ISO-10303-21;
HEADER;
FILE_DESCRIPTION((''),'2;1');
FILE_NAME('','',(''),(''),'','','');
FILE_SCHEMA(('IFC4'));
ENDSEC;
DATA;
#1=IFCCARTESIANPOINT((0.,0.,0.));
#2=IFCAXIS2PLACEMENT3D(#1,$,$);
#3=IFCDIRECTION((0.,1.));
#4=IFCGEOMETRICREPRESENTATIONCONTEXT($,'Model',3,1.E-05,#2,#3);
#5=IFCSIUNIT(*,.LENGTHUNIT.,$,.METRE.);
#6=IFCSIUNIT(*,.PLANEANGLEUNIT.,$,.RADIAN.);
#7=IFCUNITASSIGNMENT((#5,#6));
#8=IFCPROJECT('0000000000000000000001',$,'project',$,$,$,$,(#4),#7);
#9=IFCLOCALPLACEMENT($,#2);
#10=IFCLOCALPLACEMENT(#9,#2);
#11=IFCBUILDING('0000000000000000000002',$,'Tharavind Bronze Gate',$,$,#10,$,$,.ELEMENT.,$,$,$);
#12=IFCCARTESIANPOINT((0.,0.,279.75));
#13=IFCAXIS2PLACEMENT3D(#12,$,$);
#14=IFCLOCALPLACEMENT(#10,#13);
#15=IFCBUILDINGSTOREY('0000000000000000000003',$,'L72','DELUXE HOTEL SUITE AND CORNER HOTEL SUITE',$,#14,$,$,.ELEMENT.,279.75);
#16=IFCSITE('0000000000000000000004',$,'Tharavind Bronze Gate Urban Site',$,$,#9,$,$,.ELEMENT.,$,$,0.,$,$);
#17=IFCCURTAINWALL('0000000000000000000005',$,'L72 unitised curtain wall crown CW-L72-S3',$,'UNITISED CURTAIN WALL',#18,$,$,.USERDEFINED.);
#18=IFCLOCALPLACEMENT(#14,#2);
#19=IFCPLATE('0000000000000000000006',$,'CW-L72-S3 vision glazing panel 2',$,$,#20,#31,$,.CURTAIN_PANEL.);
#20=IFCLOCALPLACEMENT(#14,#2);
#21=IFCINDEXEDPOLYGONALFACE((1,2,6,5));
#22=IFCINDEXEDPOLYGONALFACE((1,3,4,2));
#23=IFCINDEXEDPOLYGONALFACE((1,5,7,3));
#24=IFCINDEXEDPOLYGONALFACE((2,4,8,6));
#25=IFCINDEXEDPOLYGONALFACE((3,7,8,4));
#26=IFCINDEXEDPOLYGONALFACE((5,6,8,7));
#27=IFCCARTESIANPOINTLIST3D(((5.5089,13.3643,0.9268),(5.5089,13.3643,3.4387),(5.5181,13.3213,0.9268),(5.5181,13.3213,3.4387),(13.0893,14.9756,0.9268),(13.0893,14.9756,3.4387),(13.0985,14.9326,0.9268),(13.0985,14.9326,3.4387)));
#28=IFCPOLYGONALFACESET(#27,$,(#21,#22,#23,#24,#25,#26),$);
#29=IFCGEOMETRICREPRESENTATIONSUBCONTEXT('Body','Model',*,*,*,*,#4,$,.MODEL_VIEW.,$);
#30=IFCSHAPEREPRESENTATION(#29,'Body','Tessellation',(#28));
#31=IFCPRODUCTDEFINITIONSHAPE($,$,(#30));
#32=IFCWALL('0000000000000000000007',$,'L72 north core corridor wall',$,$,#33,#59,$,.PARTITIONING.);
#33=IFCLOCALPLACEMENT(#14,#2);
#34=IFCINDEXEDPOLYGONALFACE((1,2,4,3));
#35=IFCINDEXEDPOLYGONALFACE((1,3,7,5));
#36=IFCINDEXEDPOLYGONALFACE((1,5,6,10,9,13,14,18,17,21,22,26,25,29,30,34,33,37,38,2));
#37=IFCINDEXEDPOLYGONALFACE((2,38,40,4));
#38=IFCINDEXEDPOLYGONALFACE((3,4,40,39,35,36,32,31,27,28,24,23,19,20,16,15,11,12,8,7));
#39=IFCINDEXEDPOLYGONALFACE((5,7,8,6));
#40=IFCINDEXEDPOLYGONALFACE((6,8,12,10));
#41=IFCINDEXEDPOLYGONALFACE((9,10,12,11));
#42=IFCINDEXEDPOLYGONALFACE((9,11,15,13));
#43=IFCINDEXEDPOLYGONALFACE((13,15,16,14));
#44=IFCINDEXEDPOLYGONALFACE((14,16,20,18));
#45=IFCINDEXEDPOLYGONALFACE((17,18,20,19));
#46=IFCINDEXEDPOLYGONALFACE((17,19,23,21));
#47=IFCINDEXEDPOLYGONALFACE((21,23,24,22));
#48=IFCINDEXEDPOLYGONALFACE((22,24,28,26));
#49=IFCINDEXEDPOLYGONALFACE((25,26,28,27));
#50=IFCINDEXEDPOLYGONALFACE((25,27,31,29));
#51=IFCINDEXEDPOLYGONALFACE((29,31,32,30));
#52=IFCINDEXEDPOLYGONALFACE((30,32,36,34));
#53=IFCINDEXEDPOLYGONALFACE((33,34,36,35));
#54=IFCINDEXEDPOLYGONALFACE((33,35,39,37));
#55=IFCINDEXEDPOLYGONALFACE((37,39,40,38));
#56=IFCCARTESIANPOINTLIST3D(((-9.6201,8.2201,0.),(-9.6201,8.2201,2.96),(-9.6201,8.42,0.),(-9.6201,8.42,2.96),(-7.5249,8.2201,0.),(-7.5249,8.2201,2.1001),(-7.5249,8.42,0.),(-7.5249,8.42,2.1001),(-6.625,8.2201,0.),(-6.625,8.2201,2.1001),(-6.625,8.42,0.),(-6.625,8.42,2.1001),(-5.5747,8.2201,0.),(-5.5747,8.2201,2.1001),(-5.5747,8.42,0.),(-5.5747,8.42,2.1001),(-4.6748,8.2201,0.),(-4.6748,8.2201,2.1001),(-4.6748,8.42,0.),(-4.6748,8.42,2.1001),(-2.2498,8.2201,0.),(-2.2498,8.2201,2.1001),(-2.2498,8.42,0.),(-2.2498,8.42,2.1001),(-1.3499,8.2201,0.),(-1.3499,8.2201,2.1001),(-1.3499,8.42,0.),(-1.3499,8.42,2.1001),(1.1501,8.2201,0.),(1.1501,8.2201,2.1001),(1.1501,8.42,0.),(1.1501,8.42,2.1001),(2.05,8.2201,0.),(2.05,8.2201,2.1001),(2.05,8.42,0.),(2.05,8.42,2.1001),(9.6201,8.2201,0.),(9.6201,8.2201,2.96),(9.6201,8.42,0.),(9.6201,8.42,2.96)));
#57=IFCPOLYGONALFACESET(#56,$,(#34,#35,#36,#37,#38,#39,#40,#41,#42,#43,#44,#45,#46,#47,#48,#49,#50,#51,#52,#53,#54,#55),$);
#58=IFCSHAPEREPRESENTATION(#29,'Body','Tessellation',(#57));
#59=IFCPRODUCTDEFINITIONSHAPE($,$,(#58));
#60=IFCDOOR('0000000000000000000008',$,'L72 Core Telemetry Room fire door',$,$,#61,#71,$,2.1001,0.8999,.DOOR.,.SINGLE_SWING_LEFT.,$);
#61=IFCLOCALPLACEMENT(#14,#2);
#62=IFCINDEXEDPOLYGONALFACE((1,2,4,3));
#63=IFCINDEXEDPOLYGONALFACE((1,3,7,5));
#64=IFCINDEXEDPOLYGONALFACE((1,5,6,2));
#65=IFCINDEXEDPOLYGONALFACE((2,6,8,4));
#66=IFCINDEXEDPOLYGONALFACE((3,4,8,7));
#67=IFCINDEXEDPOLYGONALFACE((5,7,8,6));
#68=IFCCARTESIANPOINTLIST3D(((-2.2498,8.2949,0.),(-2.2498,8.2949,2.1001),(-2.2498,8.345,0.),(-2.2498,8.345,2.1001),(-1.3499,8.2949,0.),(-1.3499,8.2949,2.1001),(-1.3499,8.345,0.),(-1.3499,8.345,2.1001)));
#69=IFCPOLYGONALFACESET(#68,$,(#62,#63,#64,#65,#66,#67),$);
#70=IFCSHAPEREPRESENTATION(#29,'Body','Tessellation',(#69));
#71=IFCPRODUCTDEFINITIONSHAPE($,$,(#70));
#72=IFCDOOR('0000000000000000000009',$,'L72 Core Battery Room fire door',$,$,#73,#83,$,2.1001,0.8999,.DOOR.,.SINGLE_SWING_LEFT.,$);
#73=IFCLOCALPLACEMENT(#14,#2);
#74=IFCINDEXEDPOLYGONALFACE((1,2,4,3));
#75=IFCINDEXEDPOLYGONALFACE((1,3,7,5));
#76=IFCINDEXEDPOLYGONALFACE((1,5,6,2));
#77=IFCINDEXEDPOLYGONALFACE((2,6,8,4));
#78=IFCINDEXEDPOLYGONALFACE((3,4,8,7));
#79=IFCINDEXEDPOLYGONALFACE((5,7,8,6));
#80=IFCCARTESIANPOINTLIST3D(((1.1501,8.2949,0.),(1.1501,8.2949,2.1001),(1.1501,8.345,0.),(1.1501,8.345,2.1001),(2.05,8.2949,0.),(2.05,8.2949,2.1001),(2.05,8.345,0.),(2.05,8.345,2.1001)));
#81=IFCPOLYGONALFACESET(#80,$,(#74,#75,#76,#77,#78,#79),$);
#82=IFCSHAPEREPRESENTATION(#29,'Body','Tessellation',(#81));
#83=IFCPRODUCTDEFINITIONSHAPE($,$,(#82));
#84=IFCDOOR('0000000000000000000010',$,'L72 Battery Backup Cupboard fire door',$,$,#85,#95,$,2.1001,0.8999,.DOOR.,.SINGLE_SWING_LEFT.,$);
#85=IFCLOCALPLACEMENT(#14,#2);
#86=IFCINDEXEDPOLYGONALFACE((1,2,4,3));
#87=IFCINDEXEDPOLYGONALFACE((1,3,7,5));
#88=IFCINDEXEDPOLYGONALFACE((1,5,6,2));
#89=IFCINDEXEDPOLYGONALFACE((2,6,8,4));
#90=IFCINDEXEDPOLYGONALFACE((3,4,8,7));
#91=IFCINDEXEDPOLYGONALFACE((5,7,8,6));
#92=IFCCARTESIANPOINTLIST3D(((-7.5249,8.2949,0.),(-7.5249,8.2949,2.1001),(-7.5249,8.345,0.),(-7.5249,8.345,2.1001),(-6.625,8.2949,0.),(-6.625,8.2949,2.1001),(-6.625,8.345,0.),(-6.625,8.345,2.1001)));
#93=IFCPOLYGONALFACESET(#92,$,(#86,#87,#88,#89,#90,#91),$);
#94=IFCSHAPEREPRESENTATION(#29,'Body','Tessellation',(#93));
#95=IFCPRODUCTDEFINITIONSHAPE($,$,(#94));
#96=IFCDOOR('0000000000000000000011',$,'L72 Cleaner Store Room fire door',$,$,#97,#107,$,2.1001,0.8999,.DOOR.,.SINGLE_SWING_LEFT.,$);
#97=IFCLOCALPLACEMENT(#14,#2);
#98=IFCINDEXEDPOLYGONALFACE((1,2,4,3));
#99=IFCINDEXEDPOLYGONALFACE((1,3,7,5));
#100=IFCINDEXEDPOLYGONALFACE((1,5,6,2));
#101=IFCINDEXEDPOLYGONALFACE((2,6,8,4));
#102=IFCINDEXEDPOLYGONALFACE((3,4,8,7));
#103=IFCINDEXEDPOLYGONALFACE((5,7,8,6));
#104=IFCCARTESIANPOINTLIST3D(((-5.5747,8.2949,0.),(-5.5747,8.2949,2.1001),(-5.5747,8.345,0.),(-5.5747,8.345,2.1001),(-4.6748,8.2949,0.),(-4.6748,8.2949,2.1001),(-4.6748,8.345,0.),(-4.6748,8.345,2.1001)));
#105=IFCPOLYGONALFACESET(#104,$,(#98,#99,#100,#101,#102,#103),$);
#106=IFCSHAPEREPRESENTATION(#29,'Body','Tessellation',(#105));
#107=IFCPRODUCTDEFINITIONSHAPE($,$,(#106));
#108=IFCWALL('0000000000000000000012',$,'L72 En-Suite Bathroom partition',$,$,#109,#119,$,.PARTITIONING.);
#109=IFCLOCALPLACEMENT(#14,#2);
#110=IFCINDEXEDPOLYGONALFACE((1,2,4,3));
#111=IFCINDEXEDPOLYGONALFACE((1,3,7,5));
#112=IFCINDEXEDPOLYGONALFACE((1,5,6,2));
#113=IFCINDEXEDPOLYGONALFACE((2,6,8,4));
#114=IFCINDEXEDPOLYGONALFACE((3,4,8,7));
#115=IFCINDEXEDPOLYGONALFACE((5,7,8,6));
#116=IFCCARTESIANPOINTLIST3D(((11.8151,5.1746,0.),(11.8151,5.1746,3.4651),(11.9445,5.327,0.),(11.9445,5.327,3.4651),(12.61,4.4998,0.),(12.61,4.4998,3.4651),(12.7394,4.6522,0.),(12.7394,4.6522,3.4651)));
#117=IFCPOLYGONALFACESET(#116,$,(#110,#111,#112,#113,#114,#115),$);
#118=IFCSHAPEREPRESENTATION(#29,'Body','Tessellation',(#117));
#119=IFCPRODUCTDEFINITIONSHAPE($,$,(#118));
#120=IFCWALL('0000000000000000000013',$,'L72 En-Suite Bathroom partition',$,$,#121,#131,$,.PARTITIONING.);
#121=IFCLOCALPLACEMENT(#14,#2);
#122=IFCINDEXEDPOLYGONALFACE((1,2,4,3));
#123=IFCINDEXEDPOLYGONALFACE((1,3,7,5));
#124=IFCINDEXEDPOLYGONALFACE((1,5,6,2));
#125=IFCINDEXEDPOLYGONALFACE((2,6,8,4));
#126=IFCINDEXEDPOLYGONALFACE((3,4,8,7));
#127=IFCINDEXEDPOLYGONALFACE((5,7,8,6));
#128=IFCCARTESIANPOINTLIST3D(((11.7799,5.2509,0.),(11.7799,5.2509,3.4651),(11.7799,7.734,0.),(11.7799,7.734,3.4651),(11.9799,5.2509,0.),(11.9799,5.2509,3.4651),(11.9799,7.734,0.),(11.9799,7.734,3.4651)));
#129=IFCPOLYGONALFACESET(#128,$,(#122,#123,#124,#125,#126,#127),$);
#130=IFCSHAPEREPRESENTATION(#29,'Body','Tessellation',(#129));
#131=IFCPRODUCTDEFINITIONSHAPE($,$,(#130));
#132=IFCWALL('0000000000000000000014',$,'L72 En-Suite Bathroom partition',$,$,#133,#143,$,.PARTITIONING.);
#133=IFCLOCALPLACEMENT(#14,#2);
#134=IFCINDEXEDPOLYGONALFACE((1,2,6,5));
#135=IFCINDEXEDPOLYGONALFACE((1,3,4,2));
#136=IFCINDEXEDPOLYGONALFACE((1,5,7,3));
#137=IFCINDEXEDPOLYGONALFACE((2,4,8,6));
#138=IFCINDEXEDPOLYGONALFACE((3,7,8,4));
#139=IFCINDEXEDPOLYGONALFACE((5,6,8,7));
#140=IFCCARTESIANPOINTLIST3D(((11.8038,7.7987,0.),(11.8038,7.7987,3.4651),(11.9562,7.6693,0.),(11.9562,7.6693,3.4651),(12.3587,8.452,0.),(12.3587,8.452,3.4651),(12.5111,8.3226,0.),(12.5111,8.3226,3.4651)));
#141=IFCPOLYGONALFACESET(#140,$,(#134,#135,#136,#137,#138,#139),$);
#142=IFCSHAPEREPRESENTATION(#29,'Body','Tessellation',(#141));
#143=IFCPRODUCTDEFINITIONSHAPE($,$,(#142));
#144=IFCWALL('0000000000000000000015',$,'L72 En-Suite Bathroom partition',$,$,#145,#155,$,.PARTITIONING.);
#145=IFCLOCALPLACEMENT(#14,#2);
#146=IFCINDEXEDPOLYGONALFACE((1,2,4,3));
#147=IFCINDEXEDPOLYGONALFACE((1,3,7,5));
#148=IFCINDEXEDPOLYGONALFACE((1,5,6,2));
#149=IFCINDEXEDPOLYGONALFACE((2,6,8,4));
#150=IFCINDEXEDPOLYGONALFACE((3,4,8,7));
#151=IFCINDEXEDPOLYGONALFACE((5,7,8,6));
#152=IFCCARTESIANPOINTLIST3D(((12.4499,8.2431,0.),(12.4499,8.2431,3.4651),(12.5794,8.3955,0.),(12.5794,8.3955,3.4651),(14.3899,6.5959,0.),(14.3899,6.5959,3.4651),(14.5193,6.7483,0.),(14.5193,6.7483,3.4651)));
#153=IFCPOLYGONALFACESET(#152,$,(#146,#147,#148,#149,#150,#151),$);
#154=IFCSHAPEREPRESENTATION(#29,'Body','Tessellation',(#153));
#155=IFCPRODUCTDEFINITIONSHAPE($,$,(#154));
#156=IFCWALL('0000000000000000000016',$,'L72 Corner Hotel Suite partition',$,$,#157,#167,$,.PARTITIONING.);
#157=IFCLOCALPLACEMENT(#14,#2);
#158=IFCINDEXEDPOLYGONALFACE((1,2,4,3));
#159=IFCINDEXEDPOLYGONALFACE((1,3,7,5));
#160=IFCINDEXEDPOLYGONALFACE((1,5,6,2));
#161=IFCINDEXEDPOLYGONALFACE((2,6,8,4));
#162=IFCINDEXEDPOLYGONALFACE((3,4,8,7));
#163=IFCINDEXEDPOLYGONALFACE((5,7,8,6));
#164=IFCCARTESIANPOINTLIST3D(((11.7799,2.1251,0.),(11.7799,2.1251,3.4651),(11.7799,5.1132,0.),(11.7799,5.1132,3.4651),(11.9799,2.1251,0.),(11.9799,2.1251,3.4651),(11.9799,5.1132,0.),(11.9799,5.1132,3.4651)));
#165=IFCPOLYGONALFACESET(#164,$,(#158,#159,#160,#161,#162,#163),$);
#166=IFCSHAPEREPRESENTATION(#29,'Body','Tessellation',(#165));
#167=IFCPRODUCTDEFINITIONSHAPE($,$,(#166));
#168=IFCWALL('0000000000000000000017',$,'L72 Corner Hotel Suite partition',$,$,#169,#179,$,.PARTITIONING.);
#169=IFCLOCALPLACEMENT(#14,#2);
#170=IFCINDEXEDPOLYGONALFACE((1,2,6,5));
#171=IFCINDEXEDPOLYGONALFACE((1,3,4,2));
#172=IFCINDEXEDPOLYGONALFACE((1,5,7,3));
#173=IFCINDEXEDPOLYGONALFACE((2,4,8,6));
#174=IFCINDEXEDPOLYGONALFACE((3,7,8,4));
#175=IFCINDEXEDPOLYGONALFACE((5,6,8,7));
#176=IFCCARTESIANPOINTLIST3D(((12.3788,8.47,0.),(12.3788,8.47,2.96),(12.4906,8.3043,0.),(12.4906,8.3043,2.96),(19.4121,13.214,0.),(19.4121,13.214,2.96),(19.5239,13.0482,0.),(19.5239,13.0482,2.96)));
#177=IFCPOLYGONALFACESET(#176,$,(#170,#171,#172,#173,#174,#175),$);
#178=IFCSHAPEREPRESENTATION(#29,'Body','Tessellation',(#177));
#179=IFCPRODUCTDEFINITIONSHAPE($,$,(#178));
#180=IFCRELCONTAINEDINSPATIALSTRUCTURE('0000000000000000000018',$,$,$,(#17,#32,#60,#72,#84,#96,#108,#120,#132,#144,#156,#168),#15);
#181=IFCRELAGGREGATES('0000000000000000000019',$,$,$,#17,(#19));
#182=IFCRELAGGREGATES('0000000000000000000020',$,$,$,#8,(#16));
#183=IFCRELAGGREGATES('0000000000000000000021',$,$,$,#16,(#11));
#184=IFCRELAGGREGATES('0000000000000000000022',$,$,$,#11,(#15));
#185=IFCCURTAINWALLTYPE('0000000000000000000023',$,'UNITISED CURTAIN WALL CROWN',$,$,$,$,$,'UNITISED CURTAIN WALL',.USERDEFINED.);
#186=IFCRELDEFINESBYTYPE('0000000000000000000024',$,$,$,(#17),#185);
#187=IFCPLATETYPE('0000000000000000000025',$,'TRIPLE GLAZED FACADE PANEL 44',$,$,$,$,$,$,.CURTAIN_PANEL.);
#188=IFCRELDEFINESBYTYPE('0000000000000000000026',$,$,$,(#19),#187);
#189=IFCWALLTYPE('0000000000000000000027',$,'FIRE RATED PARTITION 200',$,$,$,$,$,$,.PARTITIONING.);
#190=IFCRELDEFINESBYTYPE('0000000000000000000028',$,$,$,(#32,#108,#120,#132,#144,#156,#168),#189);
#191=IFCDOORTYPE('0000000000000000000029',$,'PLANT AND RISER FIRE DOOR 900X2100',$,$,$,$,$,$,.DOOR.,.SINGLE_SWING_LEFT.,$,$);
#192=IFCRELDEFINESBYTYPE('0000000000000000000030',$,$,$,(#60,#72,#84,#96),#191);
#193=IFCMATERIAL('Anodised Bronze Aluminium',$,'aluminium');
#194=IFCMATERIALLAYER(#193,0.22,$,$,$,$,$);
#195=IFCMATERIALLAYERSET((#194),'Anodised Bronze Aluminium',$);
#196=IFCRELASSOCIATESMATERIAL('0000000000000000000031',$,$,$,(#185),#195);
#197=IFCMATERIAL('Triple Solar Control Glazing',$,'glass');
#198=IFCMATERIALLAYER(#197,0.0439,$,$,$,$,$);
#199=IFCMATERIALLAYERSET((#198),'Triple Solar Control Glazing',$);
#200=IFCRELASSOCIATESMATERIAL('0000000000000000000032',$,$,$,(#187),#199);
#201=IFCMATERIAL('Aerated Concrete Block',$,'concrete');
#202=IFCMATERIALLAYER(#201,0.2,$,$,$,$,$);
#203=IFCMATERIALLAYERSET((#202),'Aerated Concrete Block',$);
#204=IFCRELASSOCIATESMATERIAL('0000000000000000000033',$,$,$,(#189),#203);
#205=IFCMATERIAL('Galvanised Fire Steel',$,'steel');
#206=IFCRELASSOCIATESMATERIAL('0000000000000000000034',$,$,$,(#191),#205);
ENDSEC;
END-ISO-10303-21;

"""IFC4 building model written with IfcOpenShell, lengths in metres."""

from ifc_helpers import new_model, si_unit, direction, frame, frame_2d, origin, origin_2d, place, context, subcontext, project, spatial, rectangle, extrude, material, layer, layer_set, type_object, element, fill, aggregate, save


model = new_model("IFC4")

# Units and contexts
model_context = context("Model", 3, precision=1e-05, world=origin(), true_north=direction((0.0, 1.0)))
body_context = subcontext(model_context, "Body", "Model", "MODEL_VIEW")
ifc_project = project(units=[si_unit("LENGTHUNIT", "METRE"), si_unit("PLANEANGLEUNIT", "RADIAN")], contexts=[model_context])

# Site, building, storey
site_placement = place(None, origin())
site = spatial("IfcSite", under=ifc_project, at=site_placement, Name="Tharavind Bronze Gate Urban Site", CompositionType="ELEMENT", RefElevation=0.0)
building_placement = place(site_placement, origin())
building = spatial("IfcBuilding", under=site, at=building_placement, Name="Tharavind Bronze Gate", CompositionType="ELEMENT")
storey_placement = place(building_placement, frame((0.0, 0.0, 279.75)))
storey = spatial("IfcBuildingStorey", under=building, at=storey_placement, Name="L72", Description="DELUXE HOTEL SUITE AND CORNER HOTEL SUITE", CompositionType="ELEMENT", Elevation=279.75)

# Curtain wall
ifc_material_1 = material(Name="Anodised Bronze Aluminium", Category="aluminium")
ifc_layer_1 = layer(ifc_material_1, 0.22)
ifc_layer_set_1 = layer_set([ifc_layer_1], Name="Anodised Bronze Aluminium")
curtain_wall_type = type_object("IfcCurtainWallType", Name="UNITISED CURTAIN WALL CROWN", ElementType="UNITISED CURTAIN WALL", PredefinedType="USERDEFINED", material=ifc_layer_set_1)
curtain_wall_placement = place(storey_placement, origin())
curtain_wall = element("IfcCurtainWall", 1, at=curtain_wall_placement, inside=storey, type_object=curtain_wall_type, Name="L72 unitised curtain wall crown CW-L72-S3", ObjectType="UNITISED CURTAIN WALL", PredefinedType="USERDEFINED")

# Plate
ifc_material_2 = material(Name="Triple Solar Control Glazing", Category="glass")
ifc_layer_2 = layer(ifc_material_2, 0.0439)
ifc_layer_set_2 = layer_set([ifc_layer_2], Name="Triple Solar Control Glazing")
plate_type_1 = type_object("IfcPlateType", Name="TRIPLE GLAZED FACADE PANEL 44", PredefinedType="CURTAIN_PANEL", material=ifc_layer_set_2)
plate_1_placement = place(storey_placement, frame((9.3037, 14.1484, 0.9268), z_axis=(0.0, 0.0, 1.0), x_axis=(-0.978147, -0.207913, 0.0)))
plate_1 = element("IfcPlate", 2, at=plate_1_placement, type_object=plate_type_1, Name="CW-L72-S3 vision glazing panel 2", PredefinedType="CURTAIN_PANEL", context=body_context, shape_type="SweptSolid", body=[
    extrude(rectangle(XDim=7.7498, YDim=0.0439, at=origin_2d()), origin(), (0.0, 0.0, 1.0), 2.512),
])
aggregate(curtain_wall, [plate_1])

# Wall, openings, doors
ifc_material_3 = material(Name="Aerated Concrete Block", Category="concrete")
ifc_layer_3 = layer(ifc_material_3, 0.2)
ifc_layer_set_3 = layer_set([ifc_layer_3], Name="Aerated Concrete Block")
wall_type_1 = type_object("IfcWallType", Name="FIRE RATED PARTITION 200", PredefinedType="PARTITIONING", material=ifc_layer_set_3)
wall_1_placement = place(storey_placement, frame((9.6201, 8.3201, 0.0), z_axis=(0.0, 0.0, 1.0), x_axis=(-1.0, 0.0, 0.0)))
wall_1 = element("IfcWall", 3, at=wall_1_placement, inside=storey, type_object=wall_type_1, Name="L72 north core corridor wall", PredefinedType="PARTITIONING", context=body_context, shape_type="SweptSolid", body=[
    extrude(rectangle(XDim=19.2402, YDim=0.2, at=frame_2d((9.6201, 0.0))), origin(), (0.0, 0.0, 1.0), 2.96),
])
opening_1_placement = place(wall_1_placement, frame((10.97, 0.0, 0.0)))
opening_1 = element("IfcOpeningElement", 4, at=opening_1_placement, cuts=wall_1, PredefinedType="OPENING", context=body_context, shape_type="SweptSolid", body=[
    extrude(rectangle(XDim=0.8999, YDim=2.1001, at=frame_2d((0.45, 1.05))), frame((0.0, 0.1101, 0.0), z_axis=(0.0, -1.0, 0.0), x_axis=(1.0, 0.0, 0.0)), (0.0, 0.0, 1.0), 0.22),
])
opening_2_placement = place(wall_1_placement, frame((7.5701, 0.0, 0.0)))
opening_2 = element("IfcOpeningElement", 5, at=opening_2_placement, cuts=wall_1, PredefinedType="OPENING", context=body_context, shape_type="SweptSolid", body=[
    extrude(rectangle(XDim=0.8999, YDim=2.1001, at=frame_2d((0.45, 1.05))), frame((0.0, 0.1101, 0.0), z_axis=(0.0, -1.0, 0.0), x_axis=(1.0, 0.0, 0.0)), (0.0, 0.0, 1.0), 0.22),
])
opening_3_placement = place(wall_1_placement, frame((16.2451, 0.0, 0.0)))
opening_3 = element("IfcOpeningElement", 6, at=opening_3_placement, cuts=wall_1, PredefinedType="OPENING", context=body_context, shape_type="SweptSolid", body=[
    extrude(rectangle(XDim=0.8999, YDim=2.1001, at=frame_2d((0.45, 1.05))), frame((0.0, 0.1101, 0.0), z_axis=(0.0, -1.0, 0.0), x_axis=(1.0, 0.0, 0.0)), (0.0, 0.0, 1.0), 0.22),
])
opening_4_placement = place(wall_1_placement, frame((14.2949, 0.0, 0.0)))
opening_4 = element("IfcOpeningElement", 7, at=opening_4_placement, cuts=wall_1, PredefinedType="OPENING", context=body_context, shape_type="SweptSolid", body=[
    extrude(rectangle(XDim=0.8999, YDim=2.1001, at=frame_2d((0.45, 1.05))), frame((0.0, 0.1101, 0.0), z_axis=(0.0, -1.0, 0.0), x_axis=(1.0, 0.0, 0.0)), (0.0, 0.0, 1.0), 0.22),
])
ifc_material_4 = material(Name="Galvanised Fire Steel", Category="steel")
door_type_1 = type_object("IfcDoorType", Name="PLANT AND RISER FIRE DOOR 900X2100", OperationType="SINGLE_SWING_LEFT", PredefinedType="DOOR", material=ifc_material_4)
door_1_placement = place(opening_1_placement, frame((0.8999, 0.0, 0.0), z_axis=(0.0, 0.0, 1.0), x_axis=(-1.0, 0.0, 0.0)))
door_1 = element("IfcDoor", 8, at=door_1_placement, inside=storey, type_object=door_type_1, Name="L72 Core Telemetry Room fire door", OperationType="SINGLE_SWING_LEFT", OverallHeight=2.1001, OverallWidth=0.8999, PredefinedType="DOOR", context=body_context, shape_type="SweptSolid", body=[
    extrude(rectangle(XDim=0.8999, YDim=2.1001, at=frame_2d((0.45, 1.05))), frame((0.0, 0.0249, 0.0), z_axis=(0.0, -1.0, 0.0), x_axis=(1.0, 0.0, 0.0)), (0.0, 0.0, 1.0), 0.05),
])
fill(opening_1, door_1)
door_2_placement = place(opening_2_placement, frame((0.8999, 0.0, 0.0), z_axis=(0.0, 0.0, 1.0), x_axis=(-1.0, 0.0, 0.0)))
door_2 = element("IfcDoor", 9, at=door_2_placement, inside=storey, type_object=door_type_1, Name="L72 Core Battery Room fire door", OperationType="SINGLE_SWING_LEFT", OverallHeight=2.1001, OverallWidth=0.8999, PredefinedType="DOOR", context=body_context, shape_type="SweptSolid", body=[
    extrude(rectangle(XDim=0.8999, YDim=2.1001, at=frame_2d((0.45, 1.05))), frame((0.0, 0.0249, 0.0), z_axis=(0.0, -1.0, 0.0), x_axis=(1.0, 0.0, 0.0)), (0.0, 0.0, 1.0), 0.05),
])
fill(opening_2, door_2)
door_3_placement = place(opening_3_placement, frame((0.8999, 0.0, 0.0), z_axis=(0.0, 0.0, 1.0), x_axis=(-1.0, 0.0, 0.0)))
door_3 = element("IfcDoor", 10, at=door_3_placement, inside=storey, type_object=door_type_1, Name="L72 Battery Backup Cupboard fire door", OperationType="SINGLE_SWING_LEFT", OverallHeight=2.1001, OverallWidth=0.8999, PredefinedType="DOOR", context=body_context, shape_type="SweptSolid", body=[
    extrude(rectangle(XDim=0.8999, YDim=2.1001, at=frame_2d((0.45, 1.05))), frame((0.0, 0.0249, 0.0), z_axis=(0.0, -1.0, 0.0), x_axis=(1.0, 0.0, 0.0)), (0.0, 0.0, 1.0), 0.05),
])
fill(opening_3, door_3)
door_4_placement = place(opening_4_placement, frame((0.8999, 0.0, 0.0), z_axis=(0.0, 0.0, 1.0), x_axis=(-1.0, 0.0, 0.0)))
door_4 = element("IfcDoor", 11, at=door_4_placement, inside=storey, type_object=door_type_1, Name="L72 Cleaner Store Room fire door", OperationType="SINGLE_SWING_LEFT", OverallHeight=2.1001, OverallWidth=0.8999, PredefinedType="DOOR", context=body_context, shape_type="SweptSolid", body=[
    extrude(rectangle(XDim=0.8999, YDim=2.1001, at=frame_2d((0.45, 1.05))), frame((0.0, 0.0249, 0.0), z_axis=(0.0, -1.0, 0.0), x_axis=(1.0, 0.0, 0.0)), (0.0, 0.0, 1.0), 0.05),
])
fill(opening_4, door_4)

# Walls
wall_2_placement = place(storey_placement, frame((12.6748, 4.5759, 0.0), z_axis=(0.0, 0.0, 1.0), x_axis=(-0.762355, 0.647159, 0.0)))
element("IfcWall", 12, at=wall_2_placement, inside=storey, type_object=wall_type_1, Name="L72 En-Suite Bathroom partition", PredefinedType="PARTITIONING", context=body_context, shape_type="SweptSolid", body=[
    extrude(rectangle(XDim=1.0427, YDim=0.2, at=frame_2d((0.5215, 0.0))), origin(), (0.0, 0.0, 1.0), 3.4651),
])
wall_3_placement = place(storey_placement, frame((11.8799, 5.2507, 0.0), z_axis=(0.0, 0.0, 1.0), x_axis=(0.0, 1.0, 0.0)))
element("IfcWall", 13, at=wall_3_placement, inside=storey, type_object=wall_type_1, Name="L72 En-Suite Bathroom partition", PredefinedType="PARTITIONING", context=body_context, shape_type="SweptSolid", body=[
    extrude(rectangle(XDim=2.4832, YDim=0.2, at=frame_2d((1.2417, 0.0))), origin(), (0.0, 0.0, 1.0), 3.4651),
])
wall_4_placement = place(storey_placement, frame((11.8799, 7.7339, 0.0), z_axis=(0.0, 0.0, 1.0), x_axis=(0.647384, 0.762164, 0.0)))
element("IfcWall", 14, at=wall_4_placement, inside=storey, type_object=wall_type_1, Name="L72 En-Suite Bathroom partition", PredefinedType="PARTITIONING", context=body_context, shape_type="SweptSolid", body=[
    extrude(rectangle(XDim=0.8572, YDim=0.2, at=frame_2d((0.4287, 0.0))), origin(), (0.0, 0.0, 1.0), 3.4651),
])
wall_5_placement = place(storey_placement, frame((12.5146, 8.3193, 0.0), z_axis=(0.0, 0.0, 1.0), x_axis=(0.762275, -0.647253, 0.0)))
element("IfcWall", 15, at=wall_5_placement, inside=storey, type_object=wall_type_1, Name="L72 En-Suite Bathroom partition", PredefinedType="PARTITIONING", context=body_context, shape_type="SweptSolid", body=[
    extrude(rectangle(XDim=2.5449, YDim=0.2, at=frame_2d((1.2725, 0.0))), origin(), (0.0, 0.0, 1.0), 3.4651),
])
wall_6_placement = place(storey_placement, frame((11.8799, 2.125, 0.0), z_axis=(0.0, 0.0, 1.0), x_axis=(0.0, 1.0, 0.0)))
element("IfcWall", 16, at=wall_6_placement, inside=storey, type_object=wall_type_1, Name="L72 Corner Hotel Suite partition", PredefinedType="PARTITIONING", context=body_context, shape_type="SweptSolid", body=[
    extrude(rectangle(XDim=2.988, YDim=0.2, at=frame_2d((1.4941, 0.0))), origin(), (0.0, 0.0, 1.0), 3.4651),
])
wall_7_placement = place(storey_placement, frame((12.4348, 8.3872, 0.0), z_axis=(0.0, 0.0, 1.0), x_axis=(0.829041, 0.559188, 0.0)))
element("IfcWall", 17, at=wall_7_placement, inside=storey, type_object=wall_type_1, Name="L72 Corner Hotel Suite partition", PredefinedType="PARTITIONING", context=body_context, shape_type="SweptSolid", body=[
    extrude(rectangle(XDim=8.4836, YDim=0.2, at=frame_2d((4.2417, 0.0))), origin(), (0.0, 0.0, 1.0), 2.96),
])

save(model, "model.ifc")
